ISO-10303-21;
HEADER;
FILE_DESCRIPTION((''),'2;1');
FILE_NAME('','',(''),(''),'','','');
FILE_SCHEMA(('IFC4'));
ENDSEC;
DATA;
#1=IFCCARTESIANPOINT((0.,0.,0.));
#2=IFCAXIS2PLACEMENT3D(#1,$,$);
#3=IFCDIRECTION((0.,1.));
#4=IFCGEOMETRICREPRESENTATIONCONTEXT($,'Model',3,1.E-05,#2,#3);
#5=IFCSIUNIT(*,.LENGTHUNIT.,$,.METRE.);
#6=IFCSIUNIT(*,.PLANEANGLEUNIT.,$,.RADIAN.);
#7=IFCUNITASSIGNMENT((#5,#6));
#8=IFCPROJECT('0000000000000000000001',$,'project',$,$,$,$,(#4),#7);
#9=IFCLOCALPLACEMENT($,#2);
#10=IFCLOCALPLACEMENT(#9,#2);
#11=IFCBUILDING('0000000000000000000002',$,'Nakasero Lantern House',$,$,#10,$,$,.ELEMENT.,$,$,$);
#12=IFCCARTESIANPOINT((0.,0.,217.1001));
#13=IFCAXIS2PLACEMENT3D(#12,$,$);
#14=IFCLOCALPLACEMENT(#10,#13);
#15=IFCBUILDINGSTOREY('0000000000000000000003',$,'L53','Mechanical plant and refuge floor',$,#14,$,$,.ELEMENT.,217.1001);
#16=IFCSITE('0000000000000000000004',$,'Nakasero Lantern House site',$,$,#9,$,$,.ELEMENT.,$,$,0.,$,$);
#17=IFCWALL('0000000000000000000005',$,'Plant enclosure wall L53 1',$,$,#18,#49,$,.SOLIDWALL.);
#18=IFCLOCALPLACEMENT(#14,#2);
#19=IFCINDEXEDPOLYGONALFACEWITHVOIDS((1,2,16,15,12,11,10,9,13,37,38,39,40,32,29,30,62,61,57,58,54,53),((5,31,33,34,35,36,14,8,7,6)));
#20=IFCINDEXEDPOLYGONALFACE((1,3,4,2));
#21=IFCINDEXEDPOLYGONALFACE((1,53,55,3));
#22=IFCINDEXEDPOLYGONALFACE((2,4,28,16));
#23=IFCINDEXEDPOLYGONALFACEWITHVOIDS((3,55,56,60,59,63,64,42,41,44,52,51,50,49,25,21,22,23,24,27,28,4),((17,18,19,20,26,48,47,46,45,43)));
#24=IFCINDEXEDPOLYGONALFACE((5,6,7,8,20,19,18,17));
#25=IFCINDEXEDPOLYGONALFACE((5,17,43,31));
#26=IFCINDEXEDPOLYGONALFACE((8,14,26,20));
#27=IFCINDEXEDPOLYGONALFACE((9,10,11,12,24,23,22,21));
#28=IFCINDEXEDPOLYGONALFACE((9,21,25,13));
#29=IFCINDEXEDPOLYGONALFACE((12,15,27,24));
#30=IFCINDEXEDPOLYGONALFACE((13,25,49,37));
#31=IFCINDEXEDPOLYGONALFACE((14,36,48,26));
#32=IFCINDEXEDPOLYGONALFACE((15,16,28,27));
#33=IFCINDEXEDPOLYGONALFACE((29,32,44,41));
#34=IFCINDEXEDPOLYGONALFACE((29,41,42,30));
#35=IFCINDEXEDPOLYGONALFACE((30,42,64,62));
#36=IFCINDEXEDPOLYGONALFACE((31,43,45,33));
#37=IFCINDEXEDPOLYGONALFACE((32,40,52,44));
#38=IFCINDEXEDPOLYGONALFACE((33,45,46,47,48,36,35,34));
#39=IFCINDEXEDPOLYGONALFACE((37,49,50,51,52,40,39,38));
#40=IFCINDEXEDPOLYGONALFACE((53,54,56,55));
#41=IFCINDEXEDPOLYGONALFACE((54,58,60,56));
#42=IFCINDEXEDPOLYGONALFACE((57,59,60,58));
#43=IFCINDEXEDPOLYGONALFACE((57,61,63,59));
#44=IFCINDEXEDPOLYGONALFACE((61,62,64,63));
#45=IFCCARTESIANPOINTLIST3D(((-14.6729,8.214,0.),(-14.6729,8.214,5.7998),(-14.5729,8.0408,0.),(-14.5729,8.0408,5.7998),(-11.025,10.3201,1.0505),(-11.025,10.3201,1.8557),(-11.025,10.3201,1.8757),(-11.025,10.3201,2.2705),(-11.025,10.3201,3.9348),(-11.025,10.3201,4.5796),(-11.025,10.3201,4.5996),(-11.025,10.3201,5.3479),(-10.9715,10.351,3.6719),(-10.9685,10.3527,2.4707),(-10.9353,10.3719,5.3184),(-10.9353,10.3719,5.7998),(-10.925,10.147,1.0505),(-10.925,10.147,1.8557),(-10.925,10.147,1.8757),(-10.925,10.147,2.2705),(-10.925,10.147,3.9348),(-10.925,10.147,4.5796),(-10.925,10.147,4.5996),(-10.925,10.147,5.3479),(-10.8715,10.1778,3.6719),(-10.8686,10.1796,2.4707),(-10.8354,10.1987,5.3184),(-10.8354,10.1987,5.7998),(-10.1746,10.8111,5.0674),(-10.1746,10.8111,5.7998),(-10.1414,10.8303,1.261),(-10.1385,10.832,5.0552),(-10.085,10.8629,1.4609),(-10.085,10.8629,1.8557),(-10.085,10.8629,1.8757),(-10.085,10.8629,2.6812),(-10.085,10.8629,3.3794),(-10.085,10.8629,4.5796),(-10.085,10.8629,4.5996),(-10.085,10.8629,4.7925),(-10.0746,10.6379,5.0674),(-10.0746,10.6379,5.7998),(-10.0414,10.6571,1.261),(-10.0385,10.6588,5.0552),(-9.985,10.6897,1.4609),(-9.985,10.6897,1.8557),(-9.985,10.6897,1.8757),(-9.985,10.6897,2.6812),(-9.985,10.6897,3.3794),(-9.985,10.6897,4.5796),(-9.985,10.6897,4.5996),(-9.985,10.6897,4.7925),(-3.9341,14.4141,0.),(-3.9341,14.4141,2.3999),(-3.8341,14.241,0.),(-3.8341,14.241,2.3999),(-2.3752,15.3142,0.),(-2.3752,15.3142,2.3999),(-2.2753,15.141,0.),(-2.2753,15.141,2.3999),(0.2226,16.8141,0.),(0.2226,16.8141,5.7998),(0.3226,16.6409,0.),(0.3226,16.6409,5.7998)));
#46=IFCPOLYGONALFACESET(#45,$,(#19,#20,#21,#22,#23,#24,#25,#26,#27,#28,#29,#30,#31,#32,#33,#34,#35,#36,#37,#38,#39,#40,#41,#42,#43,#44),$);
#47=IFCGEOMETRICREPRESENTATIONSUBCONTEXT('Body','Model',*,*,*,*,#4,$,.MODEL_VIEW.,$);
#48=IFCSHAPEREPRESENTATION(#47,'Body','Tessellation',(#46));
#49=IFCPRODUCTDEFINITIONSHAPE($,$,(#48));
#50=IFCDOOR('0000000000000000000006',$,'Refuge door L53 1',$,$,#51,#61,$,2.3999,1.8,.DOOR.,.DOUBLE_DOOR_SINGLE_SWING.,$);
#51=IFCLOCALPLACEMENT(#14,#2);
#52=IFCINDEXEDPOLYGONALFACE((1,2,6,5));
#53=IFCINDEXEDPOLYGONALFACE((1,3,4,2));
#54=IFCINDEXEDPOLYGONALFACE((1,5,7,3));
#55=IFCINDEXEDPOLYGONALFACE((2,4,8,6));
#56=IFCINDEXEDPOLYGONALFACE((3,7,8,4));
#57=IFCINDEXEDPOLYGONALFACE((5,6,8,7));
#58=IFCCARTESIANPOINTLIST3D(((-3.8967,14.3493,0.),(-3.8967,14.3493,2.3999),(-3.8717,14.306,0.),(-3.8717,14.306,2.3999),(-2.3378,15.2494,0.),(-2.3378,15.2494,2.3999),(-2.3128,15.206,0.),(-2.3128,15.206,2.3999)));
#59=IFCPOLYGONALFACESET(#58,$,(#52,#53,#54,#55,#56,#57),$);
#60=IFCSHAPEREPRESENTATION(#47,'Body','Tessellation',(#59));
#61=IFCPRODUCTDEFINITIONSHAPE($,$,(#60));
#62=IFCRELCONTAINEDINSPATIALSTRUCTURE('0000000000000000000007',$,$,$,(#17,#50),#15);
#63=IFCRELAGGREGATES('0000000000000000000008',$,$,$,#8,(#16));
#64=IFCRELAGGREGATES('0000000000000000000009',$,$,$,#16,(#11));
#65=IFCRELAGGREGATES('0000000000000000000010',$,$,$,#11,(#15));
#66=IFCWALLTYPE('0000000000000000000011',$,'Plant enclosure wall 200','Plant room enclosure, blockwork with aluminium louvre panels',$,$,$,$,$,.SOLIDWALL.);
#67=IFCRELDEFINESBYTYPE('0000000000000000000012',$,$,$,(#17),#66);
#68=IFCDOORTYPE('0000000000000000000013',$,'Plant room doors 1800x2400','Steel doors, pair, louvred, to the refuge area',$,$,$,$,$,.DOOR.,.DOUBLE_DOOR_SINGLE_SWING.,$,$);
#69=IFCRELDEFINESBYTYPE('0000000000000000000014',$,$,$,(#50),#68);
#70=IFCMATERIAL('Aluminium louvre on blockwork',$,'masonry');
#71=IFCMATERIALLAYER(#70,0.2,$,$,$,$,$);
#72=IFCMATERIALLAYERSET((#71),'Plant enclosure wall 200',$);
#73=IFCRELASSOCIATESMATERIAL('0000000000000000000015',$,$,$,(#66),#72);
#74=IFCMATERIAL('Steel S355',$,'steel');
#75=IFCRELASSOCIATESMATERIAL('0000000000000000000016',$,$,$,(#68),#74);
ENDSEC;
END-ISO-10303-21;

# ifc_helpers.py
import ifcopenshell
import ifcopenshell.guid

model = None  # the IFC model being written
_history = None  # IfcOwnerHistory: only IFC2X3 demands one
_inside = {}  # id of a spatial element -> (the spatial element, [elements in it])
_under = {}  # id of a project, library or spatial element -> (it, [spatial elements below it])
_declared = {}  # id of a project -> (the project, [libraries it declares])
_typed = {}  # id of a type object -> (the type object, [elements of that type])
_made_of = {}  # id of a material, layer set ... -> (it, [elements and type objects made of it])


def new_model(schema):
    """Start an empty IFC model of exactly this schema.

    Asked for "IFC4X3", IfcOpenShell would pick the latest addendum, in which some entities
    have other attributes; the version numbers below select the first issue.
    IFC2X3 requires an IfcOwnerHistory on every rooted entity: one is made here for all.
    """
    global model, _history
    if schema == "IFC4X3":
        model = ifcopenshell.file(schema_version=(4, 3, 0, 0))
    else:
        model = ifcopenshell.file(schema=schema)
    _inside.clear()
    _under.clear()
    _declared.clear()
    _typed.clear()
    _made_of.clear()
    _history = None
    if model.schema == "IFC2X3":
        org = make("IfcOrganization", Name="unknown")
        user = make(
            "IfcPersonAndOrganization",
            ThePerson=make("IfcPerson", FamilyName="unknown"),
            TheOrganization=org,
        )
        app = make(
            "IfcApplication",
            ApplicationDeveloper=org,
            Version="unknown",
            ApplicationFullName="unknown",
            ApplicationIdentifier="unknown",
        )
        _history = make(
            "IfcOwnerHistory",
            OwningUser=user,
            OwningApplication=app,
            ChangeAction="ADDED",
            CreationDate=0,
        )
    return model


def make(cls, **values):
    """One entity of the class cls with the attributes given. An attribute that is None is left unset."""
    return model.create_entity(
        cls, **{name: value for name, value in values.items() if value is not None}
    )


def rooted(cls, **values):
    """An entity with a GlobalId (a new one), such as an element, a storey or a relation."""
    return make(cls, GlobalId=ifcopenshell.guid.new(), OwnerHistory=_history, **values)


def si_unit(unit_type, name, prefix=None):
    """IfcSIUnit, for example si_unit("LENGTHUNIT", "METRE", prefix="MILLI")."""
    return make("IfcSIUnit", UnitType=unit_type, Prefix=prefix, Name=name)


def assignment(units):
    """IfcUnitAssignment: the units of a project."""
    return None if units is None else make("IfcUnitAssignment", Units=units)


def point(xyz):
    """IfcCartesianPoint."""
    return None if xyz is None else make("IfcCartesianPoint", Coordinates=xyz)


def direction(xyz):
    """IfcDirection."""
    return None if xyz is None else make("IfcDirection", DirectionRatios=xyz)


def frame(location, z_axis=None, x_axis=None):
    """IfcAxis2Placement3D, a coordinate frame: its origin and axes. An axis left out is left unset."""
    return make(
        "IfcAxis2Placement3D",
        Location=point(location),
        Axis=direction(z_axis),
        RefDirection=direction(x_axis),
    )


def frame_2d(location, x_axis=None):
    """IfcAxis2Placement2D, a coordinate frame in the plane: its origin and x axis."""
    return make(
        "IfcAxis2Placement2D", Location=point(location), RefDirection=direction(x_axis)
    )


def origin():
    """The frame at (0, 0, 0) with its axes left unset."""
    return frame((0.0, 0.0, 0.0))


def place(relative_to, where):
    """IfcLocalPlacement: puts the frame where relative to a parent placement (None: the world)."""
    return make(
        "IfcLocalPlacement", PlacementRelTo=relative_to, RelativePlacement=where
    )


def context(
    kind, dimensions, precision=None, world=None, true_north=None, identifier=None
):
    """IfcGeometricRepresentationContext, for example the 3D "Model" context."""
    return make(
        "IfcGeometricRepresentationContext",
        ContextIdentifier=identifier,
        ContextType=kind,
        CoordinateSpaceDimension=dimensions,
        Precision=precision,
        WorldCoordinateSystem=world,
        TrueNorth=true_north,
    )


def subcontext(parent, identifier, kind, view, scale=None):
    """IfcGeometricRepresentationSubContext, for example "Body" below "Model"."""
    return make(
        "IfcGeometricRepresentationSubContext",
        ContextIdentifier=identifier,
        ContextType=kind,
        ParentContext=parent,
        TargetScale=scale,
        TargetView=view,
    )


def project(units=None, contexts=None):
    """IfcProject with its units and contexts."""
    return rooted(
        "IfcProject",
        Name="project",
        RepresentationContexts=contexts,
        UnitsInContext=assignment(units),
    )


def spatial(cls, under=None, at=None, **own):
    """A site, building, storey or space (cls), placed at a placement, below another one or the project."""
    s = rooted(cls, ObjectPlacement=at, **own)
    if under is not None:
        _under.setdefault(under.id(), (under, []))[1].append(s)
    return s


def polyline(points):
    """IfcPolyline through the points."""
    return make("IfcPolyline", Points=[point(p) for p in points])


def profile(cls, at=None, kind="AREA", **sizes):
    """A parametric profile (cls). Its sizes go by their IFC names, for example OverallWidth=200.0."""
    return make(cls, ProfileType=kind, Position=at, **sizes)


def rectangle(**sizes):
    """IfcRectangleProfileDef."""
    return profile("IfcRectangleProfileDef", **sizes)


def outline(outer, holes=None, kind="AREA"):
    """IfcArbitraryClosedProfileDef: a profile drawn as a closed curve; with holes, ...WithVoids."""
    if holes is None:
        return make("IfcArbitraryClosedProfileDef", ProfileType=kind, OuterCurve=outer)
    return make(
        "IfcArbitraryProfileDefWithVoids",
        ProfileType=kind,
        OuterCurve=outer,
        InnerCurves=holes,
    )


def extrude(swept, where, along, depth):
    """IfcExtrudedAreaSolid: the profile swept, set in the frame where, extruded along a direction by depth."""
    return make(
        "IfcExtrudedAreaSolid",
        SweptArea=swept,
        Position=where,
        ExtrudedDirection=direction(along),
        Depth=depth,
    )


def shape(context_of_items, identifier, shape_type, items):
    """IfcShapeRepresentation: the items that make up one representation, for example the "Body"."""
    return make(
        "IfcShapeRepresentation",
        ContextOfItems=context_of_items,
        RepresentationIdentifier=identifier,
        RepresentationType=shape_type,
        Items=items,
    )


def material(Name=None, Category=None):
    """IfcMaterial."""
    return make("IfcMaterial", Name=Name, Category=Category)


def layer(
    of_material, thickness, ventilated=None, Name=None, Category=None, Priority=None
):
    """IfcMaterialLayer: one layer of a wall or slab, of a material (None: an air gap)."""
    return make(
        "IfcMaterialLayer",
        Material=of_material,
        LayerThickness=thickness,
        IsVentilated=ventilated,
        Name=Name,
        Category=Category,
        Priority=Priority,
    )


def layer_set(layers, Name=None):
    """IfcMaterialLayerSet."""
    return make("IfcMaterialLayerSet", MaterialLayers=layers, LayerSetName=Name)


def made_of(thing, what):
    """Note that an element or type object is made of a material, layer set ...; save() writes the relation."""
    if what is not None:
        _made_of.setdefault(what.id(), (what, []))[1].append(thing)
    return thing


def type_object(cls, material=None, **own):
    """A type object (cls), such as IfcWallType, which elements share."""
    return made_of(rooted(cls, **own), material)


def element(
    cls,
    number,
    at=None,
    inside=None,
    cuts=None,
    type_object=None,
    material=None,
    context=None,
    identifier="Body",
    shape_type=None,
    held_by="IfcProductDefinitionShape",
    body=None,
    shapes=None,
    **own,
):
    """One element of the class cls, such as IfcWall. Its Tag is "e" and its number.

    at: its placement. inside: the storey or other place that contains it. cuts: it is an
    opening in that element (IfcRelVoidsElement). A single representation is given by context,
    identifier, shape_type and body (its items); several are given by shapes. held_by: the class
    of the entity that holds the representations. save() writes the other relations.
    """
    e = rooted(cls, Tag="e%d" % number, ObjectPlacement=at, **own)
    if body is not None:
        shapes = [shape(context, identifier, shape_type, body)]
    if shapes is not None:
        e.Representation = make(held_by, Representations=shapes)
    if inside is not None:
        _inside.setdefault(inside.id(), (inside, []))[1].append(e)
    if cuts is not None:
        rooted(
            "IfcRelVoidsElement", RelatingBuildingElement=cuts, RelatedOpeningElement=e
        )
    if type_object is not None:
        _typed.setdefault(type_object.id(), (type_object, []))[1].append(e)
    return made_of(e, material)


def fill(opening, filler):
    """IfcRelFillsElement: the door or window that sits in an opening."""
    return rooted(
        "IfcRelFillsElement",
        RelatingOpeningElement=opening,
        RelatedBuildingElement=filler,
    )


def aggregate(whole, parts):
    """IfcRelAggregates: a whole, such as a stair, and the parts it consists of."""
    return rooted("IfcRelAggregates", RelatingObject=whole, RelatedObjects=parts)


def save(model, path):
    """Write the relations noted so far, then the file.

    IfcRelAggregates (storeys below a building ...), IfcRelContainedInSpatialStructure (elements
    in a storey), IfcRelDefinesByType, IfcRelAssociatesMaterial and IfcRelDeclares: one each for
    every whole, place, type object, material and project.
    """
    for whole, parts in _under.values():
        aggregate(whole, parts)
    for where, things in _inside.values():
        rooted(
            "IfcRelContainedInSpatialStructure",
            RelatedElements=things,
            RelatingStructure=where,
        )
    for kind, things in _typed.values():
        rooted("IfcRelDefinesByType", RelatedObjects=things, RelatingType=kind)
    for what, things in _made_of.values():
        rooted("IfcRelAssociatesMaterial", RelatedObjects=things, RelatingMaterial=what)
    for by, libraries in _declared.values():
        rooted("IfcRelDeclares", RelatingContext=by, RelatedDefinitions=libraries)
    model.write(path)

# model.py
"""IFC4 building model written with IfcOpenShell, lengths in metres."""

from ifc_helpers import new_model, si_unit, direction, frame, frame_2d, origin, place, context, subcontext, project, spatial, polyline, rectangle, outline, extrude, material, layer, layer_set, type_object, element, fill, save


model = new_model("IFC4")

# Units and contexts
model_context = context("Model", 3, precision=1e-05, world=origin(), true_north=direction((0.0, 1.0)))
body_context = subcontext(model_context, "Body", "Model", "MODEL_VIEW")
ifc_project = project(units=[si_unit("LENGTHUNIT", "METRE"), si_unit("PLANEANGLEUNIT", "RADIAN")], contexts=[model_context])

# Site, building, storey
site_placement = place(None, origin())
site = spatial("IfcSite", under=ifc_project, at=site_placement, Name="Nakasero Lantern House site", CompositionType="ELEMENT", RefElevation=0.0)
building_placement = place(site_placement, origin())
building = spatial("IfcBuilding", under=site, at=building_placement, Name="Nakasero Lantern House", CompositionType="ELEMENT")
storey_placement = place(building_placement, frame((0.0, 0.0, 217.1001)))
storey = spatial("IfcBuildingStorey", under=building, at=storey_placement, Name="L53", Description="Mechanical plant and refuge floor", CompositionType="ELEMENT", Elevation=217.1001)

# Shared definitions
ifc_material_1 = material(Name="Aluminium louvre on blockwork", Category="masonry")
ifc_layer_1 = layer(ifc_material_1, 0.2)
ifc_layer_set_1 = layer_set([ifc_layer_1], Name="Plant enclosure wall 200")
wall_type_1 = type_object("IfcWallType", Name="Plant enclosure wall 200", Description="Plant room enclosure, blockwork with aluminium louvre panels", PredefinedType="SOLIDWALL", material=ifc_layer_set_1)

# Wall, openings, door
wall_1_placement = place(storey_placement, frame((0.2727, 16.7275, 0.0), z_axis=(0.0, 0.0, 1.0), x_axis=(-0.866021, -0.500008, 0.0)))
wall_1 = element("IfcWall", 1, at=wall_1_placement, inside=storey, type_object=wall_type_1, Name="Plant enclosure wall L53 1", PredefinedType="SOLIDWALL", context=body_context, shape_type="SweptSolid", body=[
    extrude(rectangle(XDim=17.2, YDim=0.2, at=frame_2d((8.6001, 0.0))), origin(), (0.0, 0.0, 1.0), 5.7998),
])
opening_1_placement = place(wall_1_placement, frame((3.0, 0.0, 0.0)))
opening_1 = element("IfcOpeningElement", 2, at=opening_1_placement, cuts=wall_1, PredefinedType="OPENING", context=body_context, shape_type="SweptSolid", body=[
    extrude(rectangle(XDim=1.8, YDim=2.3999, at=frame_2d((0.8999, 1.2))), frame((0.0, 0.1199, 0.0), z_axis=(0.0, -1.0, 0.0), x_axis=(1.0, 0.0, 0.0)), (0.0, 0.0, 1.0), 0.24),
])
opening_2_placement = place(wall_1_placement, origin())
element("IfcOpeningElement", 3, at=opening_2_placement, cuts=wall_1, PredefinedType="OPENING", context=body_context, shape_type="SweptSolid", body=[
    extrude(outline(polyline([(11.9023, 1.8757), (11.9023, 1.4609), (11.9675, 1.261), (12.9878, 1.0505), (12.9878, 1.8757), (11.9023, 1.8757)])), frame((0.0, 0.1199, 0.0), z_axis=(0.0, -1.0, 0.0), x_axis=(1.0, 0.0, 0.0)), (0.0, 0.0, 1.0), 0.24),
])
opening_3_placement = place(wall_1_placement, origin())
element("IfcOpeningElement", 4, at=opening_3_placement, cuts=wall_1, PredefinedType="OPENING", context=body_context, shape_type="SweptSolid", body=[
    extrude(outline(polyline([(11.9023, 2.6812), (11.9023, 1.8557), (12.9878, 1.8557), (12.9878, 2.2705), (12.9226, 2.4707), (11.9023, 2.6812)])), frame((0.0, 0.1199, 0.0), z_axis=(0.0, -1.0, 0.0), x_axis=(1.0, 0.0, 0.0)), (0.0, 0.0, 1.0), 0.24),
])
opening_4_placement = place(wall_1_placement, origin())
element("IfcOpeningElement", 5, at=opening_4_placement, cuts=wall_1, PredefinedType="OPENING", context=body_context, shape_type="SweptSolid", body=[
    extrude(outline(polyline([(12.9878, 3.9348), (12.9878, 4.5996), (11.9023, 4.5996), (11.9023, 3.3794), (12.926, 3.6719), (12.9878, 3.9348)])), frame((0.0, 0.1199, 0.0), z_axis=(0.0, -1.0, 0.0), x_axis=(1.0, 0.0, 0.0)), (0.0, 0.0, 1.0), 0.24),
])
opening_5_placement = place(wall_1_placement, origin())
element("IfcOpeningElement", 6, at=opening_5_placement, cuts=wall_1, PredefinedType="OPENING", context=body_context, shape_type="SweptSolid", body=[
    extrude(outline(polyline([(12.0059, 5.8), (12.0059, 5.0674), (11.9641, 5.0552), (11.9023, 4.7925), (11.9023, 4.5796), (12.9878, 4.5796), (12.9878, 5.3479), (12.8843, 5.3184), (12.8843, 5.8), (12.0059, 5.8)])), frame((0.0, 0.1199, 0.0), z_axis=(0.0, -1.0, 0.0), x_axis=(1.0, 0.0, 0.0)), (0.0, 0.0, 1.0), 0.24),
])
ifc_material_2 = material(Name="Steel S355", Category="steel")
door_type_1 = type_object("IfcDoorType", Name="Plant room doors 1800x2400", Description="Steel doors, pair, louvred, to the refuge area", OperationType="DOUBLE_DOOR_SINGLE_SWING", PredefinedType="DOOR", material=ifc_material_2)
door_1_placement = place(opening_1_placement, origin())
door_1 = element("IfcDoor", 7, at=door_1_placement, inside=storey, type_object=door_type_1, Name="Refuge door L53 1", OperationType="DOUBLE_DOOR_SINGLE_SWING", OverallHeight=2.3999, OverallWidth=1.8, PredefinedType="DOOR", context=body_context, shape_type="SweptSolid", body=[
    extrude(rectangle(XDim=1.8, YDim=2.3999, at=frame_2d((0.8999, 1.2))), frame((0.0, 0.0249, 0.0), z_axis=(0.0, -1.0, 0.0), x_axis=(1.0, 0.0, 0.0)), (0.0, 0.0, 1.0), 0.05),
])
fill(opening_1, door_1)

save(model, "model.ifc")
